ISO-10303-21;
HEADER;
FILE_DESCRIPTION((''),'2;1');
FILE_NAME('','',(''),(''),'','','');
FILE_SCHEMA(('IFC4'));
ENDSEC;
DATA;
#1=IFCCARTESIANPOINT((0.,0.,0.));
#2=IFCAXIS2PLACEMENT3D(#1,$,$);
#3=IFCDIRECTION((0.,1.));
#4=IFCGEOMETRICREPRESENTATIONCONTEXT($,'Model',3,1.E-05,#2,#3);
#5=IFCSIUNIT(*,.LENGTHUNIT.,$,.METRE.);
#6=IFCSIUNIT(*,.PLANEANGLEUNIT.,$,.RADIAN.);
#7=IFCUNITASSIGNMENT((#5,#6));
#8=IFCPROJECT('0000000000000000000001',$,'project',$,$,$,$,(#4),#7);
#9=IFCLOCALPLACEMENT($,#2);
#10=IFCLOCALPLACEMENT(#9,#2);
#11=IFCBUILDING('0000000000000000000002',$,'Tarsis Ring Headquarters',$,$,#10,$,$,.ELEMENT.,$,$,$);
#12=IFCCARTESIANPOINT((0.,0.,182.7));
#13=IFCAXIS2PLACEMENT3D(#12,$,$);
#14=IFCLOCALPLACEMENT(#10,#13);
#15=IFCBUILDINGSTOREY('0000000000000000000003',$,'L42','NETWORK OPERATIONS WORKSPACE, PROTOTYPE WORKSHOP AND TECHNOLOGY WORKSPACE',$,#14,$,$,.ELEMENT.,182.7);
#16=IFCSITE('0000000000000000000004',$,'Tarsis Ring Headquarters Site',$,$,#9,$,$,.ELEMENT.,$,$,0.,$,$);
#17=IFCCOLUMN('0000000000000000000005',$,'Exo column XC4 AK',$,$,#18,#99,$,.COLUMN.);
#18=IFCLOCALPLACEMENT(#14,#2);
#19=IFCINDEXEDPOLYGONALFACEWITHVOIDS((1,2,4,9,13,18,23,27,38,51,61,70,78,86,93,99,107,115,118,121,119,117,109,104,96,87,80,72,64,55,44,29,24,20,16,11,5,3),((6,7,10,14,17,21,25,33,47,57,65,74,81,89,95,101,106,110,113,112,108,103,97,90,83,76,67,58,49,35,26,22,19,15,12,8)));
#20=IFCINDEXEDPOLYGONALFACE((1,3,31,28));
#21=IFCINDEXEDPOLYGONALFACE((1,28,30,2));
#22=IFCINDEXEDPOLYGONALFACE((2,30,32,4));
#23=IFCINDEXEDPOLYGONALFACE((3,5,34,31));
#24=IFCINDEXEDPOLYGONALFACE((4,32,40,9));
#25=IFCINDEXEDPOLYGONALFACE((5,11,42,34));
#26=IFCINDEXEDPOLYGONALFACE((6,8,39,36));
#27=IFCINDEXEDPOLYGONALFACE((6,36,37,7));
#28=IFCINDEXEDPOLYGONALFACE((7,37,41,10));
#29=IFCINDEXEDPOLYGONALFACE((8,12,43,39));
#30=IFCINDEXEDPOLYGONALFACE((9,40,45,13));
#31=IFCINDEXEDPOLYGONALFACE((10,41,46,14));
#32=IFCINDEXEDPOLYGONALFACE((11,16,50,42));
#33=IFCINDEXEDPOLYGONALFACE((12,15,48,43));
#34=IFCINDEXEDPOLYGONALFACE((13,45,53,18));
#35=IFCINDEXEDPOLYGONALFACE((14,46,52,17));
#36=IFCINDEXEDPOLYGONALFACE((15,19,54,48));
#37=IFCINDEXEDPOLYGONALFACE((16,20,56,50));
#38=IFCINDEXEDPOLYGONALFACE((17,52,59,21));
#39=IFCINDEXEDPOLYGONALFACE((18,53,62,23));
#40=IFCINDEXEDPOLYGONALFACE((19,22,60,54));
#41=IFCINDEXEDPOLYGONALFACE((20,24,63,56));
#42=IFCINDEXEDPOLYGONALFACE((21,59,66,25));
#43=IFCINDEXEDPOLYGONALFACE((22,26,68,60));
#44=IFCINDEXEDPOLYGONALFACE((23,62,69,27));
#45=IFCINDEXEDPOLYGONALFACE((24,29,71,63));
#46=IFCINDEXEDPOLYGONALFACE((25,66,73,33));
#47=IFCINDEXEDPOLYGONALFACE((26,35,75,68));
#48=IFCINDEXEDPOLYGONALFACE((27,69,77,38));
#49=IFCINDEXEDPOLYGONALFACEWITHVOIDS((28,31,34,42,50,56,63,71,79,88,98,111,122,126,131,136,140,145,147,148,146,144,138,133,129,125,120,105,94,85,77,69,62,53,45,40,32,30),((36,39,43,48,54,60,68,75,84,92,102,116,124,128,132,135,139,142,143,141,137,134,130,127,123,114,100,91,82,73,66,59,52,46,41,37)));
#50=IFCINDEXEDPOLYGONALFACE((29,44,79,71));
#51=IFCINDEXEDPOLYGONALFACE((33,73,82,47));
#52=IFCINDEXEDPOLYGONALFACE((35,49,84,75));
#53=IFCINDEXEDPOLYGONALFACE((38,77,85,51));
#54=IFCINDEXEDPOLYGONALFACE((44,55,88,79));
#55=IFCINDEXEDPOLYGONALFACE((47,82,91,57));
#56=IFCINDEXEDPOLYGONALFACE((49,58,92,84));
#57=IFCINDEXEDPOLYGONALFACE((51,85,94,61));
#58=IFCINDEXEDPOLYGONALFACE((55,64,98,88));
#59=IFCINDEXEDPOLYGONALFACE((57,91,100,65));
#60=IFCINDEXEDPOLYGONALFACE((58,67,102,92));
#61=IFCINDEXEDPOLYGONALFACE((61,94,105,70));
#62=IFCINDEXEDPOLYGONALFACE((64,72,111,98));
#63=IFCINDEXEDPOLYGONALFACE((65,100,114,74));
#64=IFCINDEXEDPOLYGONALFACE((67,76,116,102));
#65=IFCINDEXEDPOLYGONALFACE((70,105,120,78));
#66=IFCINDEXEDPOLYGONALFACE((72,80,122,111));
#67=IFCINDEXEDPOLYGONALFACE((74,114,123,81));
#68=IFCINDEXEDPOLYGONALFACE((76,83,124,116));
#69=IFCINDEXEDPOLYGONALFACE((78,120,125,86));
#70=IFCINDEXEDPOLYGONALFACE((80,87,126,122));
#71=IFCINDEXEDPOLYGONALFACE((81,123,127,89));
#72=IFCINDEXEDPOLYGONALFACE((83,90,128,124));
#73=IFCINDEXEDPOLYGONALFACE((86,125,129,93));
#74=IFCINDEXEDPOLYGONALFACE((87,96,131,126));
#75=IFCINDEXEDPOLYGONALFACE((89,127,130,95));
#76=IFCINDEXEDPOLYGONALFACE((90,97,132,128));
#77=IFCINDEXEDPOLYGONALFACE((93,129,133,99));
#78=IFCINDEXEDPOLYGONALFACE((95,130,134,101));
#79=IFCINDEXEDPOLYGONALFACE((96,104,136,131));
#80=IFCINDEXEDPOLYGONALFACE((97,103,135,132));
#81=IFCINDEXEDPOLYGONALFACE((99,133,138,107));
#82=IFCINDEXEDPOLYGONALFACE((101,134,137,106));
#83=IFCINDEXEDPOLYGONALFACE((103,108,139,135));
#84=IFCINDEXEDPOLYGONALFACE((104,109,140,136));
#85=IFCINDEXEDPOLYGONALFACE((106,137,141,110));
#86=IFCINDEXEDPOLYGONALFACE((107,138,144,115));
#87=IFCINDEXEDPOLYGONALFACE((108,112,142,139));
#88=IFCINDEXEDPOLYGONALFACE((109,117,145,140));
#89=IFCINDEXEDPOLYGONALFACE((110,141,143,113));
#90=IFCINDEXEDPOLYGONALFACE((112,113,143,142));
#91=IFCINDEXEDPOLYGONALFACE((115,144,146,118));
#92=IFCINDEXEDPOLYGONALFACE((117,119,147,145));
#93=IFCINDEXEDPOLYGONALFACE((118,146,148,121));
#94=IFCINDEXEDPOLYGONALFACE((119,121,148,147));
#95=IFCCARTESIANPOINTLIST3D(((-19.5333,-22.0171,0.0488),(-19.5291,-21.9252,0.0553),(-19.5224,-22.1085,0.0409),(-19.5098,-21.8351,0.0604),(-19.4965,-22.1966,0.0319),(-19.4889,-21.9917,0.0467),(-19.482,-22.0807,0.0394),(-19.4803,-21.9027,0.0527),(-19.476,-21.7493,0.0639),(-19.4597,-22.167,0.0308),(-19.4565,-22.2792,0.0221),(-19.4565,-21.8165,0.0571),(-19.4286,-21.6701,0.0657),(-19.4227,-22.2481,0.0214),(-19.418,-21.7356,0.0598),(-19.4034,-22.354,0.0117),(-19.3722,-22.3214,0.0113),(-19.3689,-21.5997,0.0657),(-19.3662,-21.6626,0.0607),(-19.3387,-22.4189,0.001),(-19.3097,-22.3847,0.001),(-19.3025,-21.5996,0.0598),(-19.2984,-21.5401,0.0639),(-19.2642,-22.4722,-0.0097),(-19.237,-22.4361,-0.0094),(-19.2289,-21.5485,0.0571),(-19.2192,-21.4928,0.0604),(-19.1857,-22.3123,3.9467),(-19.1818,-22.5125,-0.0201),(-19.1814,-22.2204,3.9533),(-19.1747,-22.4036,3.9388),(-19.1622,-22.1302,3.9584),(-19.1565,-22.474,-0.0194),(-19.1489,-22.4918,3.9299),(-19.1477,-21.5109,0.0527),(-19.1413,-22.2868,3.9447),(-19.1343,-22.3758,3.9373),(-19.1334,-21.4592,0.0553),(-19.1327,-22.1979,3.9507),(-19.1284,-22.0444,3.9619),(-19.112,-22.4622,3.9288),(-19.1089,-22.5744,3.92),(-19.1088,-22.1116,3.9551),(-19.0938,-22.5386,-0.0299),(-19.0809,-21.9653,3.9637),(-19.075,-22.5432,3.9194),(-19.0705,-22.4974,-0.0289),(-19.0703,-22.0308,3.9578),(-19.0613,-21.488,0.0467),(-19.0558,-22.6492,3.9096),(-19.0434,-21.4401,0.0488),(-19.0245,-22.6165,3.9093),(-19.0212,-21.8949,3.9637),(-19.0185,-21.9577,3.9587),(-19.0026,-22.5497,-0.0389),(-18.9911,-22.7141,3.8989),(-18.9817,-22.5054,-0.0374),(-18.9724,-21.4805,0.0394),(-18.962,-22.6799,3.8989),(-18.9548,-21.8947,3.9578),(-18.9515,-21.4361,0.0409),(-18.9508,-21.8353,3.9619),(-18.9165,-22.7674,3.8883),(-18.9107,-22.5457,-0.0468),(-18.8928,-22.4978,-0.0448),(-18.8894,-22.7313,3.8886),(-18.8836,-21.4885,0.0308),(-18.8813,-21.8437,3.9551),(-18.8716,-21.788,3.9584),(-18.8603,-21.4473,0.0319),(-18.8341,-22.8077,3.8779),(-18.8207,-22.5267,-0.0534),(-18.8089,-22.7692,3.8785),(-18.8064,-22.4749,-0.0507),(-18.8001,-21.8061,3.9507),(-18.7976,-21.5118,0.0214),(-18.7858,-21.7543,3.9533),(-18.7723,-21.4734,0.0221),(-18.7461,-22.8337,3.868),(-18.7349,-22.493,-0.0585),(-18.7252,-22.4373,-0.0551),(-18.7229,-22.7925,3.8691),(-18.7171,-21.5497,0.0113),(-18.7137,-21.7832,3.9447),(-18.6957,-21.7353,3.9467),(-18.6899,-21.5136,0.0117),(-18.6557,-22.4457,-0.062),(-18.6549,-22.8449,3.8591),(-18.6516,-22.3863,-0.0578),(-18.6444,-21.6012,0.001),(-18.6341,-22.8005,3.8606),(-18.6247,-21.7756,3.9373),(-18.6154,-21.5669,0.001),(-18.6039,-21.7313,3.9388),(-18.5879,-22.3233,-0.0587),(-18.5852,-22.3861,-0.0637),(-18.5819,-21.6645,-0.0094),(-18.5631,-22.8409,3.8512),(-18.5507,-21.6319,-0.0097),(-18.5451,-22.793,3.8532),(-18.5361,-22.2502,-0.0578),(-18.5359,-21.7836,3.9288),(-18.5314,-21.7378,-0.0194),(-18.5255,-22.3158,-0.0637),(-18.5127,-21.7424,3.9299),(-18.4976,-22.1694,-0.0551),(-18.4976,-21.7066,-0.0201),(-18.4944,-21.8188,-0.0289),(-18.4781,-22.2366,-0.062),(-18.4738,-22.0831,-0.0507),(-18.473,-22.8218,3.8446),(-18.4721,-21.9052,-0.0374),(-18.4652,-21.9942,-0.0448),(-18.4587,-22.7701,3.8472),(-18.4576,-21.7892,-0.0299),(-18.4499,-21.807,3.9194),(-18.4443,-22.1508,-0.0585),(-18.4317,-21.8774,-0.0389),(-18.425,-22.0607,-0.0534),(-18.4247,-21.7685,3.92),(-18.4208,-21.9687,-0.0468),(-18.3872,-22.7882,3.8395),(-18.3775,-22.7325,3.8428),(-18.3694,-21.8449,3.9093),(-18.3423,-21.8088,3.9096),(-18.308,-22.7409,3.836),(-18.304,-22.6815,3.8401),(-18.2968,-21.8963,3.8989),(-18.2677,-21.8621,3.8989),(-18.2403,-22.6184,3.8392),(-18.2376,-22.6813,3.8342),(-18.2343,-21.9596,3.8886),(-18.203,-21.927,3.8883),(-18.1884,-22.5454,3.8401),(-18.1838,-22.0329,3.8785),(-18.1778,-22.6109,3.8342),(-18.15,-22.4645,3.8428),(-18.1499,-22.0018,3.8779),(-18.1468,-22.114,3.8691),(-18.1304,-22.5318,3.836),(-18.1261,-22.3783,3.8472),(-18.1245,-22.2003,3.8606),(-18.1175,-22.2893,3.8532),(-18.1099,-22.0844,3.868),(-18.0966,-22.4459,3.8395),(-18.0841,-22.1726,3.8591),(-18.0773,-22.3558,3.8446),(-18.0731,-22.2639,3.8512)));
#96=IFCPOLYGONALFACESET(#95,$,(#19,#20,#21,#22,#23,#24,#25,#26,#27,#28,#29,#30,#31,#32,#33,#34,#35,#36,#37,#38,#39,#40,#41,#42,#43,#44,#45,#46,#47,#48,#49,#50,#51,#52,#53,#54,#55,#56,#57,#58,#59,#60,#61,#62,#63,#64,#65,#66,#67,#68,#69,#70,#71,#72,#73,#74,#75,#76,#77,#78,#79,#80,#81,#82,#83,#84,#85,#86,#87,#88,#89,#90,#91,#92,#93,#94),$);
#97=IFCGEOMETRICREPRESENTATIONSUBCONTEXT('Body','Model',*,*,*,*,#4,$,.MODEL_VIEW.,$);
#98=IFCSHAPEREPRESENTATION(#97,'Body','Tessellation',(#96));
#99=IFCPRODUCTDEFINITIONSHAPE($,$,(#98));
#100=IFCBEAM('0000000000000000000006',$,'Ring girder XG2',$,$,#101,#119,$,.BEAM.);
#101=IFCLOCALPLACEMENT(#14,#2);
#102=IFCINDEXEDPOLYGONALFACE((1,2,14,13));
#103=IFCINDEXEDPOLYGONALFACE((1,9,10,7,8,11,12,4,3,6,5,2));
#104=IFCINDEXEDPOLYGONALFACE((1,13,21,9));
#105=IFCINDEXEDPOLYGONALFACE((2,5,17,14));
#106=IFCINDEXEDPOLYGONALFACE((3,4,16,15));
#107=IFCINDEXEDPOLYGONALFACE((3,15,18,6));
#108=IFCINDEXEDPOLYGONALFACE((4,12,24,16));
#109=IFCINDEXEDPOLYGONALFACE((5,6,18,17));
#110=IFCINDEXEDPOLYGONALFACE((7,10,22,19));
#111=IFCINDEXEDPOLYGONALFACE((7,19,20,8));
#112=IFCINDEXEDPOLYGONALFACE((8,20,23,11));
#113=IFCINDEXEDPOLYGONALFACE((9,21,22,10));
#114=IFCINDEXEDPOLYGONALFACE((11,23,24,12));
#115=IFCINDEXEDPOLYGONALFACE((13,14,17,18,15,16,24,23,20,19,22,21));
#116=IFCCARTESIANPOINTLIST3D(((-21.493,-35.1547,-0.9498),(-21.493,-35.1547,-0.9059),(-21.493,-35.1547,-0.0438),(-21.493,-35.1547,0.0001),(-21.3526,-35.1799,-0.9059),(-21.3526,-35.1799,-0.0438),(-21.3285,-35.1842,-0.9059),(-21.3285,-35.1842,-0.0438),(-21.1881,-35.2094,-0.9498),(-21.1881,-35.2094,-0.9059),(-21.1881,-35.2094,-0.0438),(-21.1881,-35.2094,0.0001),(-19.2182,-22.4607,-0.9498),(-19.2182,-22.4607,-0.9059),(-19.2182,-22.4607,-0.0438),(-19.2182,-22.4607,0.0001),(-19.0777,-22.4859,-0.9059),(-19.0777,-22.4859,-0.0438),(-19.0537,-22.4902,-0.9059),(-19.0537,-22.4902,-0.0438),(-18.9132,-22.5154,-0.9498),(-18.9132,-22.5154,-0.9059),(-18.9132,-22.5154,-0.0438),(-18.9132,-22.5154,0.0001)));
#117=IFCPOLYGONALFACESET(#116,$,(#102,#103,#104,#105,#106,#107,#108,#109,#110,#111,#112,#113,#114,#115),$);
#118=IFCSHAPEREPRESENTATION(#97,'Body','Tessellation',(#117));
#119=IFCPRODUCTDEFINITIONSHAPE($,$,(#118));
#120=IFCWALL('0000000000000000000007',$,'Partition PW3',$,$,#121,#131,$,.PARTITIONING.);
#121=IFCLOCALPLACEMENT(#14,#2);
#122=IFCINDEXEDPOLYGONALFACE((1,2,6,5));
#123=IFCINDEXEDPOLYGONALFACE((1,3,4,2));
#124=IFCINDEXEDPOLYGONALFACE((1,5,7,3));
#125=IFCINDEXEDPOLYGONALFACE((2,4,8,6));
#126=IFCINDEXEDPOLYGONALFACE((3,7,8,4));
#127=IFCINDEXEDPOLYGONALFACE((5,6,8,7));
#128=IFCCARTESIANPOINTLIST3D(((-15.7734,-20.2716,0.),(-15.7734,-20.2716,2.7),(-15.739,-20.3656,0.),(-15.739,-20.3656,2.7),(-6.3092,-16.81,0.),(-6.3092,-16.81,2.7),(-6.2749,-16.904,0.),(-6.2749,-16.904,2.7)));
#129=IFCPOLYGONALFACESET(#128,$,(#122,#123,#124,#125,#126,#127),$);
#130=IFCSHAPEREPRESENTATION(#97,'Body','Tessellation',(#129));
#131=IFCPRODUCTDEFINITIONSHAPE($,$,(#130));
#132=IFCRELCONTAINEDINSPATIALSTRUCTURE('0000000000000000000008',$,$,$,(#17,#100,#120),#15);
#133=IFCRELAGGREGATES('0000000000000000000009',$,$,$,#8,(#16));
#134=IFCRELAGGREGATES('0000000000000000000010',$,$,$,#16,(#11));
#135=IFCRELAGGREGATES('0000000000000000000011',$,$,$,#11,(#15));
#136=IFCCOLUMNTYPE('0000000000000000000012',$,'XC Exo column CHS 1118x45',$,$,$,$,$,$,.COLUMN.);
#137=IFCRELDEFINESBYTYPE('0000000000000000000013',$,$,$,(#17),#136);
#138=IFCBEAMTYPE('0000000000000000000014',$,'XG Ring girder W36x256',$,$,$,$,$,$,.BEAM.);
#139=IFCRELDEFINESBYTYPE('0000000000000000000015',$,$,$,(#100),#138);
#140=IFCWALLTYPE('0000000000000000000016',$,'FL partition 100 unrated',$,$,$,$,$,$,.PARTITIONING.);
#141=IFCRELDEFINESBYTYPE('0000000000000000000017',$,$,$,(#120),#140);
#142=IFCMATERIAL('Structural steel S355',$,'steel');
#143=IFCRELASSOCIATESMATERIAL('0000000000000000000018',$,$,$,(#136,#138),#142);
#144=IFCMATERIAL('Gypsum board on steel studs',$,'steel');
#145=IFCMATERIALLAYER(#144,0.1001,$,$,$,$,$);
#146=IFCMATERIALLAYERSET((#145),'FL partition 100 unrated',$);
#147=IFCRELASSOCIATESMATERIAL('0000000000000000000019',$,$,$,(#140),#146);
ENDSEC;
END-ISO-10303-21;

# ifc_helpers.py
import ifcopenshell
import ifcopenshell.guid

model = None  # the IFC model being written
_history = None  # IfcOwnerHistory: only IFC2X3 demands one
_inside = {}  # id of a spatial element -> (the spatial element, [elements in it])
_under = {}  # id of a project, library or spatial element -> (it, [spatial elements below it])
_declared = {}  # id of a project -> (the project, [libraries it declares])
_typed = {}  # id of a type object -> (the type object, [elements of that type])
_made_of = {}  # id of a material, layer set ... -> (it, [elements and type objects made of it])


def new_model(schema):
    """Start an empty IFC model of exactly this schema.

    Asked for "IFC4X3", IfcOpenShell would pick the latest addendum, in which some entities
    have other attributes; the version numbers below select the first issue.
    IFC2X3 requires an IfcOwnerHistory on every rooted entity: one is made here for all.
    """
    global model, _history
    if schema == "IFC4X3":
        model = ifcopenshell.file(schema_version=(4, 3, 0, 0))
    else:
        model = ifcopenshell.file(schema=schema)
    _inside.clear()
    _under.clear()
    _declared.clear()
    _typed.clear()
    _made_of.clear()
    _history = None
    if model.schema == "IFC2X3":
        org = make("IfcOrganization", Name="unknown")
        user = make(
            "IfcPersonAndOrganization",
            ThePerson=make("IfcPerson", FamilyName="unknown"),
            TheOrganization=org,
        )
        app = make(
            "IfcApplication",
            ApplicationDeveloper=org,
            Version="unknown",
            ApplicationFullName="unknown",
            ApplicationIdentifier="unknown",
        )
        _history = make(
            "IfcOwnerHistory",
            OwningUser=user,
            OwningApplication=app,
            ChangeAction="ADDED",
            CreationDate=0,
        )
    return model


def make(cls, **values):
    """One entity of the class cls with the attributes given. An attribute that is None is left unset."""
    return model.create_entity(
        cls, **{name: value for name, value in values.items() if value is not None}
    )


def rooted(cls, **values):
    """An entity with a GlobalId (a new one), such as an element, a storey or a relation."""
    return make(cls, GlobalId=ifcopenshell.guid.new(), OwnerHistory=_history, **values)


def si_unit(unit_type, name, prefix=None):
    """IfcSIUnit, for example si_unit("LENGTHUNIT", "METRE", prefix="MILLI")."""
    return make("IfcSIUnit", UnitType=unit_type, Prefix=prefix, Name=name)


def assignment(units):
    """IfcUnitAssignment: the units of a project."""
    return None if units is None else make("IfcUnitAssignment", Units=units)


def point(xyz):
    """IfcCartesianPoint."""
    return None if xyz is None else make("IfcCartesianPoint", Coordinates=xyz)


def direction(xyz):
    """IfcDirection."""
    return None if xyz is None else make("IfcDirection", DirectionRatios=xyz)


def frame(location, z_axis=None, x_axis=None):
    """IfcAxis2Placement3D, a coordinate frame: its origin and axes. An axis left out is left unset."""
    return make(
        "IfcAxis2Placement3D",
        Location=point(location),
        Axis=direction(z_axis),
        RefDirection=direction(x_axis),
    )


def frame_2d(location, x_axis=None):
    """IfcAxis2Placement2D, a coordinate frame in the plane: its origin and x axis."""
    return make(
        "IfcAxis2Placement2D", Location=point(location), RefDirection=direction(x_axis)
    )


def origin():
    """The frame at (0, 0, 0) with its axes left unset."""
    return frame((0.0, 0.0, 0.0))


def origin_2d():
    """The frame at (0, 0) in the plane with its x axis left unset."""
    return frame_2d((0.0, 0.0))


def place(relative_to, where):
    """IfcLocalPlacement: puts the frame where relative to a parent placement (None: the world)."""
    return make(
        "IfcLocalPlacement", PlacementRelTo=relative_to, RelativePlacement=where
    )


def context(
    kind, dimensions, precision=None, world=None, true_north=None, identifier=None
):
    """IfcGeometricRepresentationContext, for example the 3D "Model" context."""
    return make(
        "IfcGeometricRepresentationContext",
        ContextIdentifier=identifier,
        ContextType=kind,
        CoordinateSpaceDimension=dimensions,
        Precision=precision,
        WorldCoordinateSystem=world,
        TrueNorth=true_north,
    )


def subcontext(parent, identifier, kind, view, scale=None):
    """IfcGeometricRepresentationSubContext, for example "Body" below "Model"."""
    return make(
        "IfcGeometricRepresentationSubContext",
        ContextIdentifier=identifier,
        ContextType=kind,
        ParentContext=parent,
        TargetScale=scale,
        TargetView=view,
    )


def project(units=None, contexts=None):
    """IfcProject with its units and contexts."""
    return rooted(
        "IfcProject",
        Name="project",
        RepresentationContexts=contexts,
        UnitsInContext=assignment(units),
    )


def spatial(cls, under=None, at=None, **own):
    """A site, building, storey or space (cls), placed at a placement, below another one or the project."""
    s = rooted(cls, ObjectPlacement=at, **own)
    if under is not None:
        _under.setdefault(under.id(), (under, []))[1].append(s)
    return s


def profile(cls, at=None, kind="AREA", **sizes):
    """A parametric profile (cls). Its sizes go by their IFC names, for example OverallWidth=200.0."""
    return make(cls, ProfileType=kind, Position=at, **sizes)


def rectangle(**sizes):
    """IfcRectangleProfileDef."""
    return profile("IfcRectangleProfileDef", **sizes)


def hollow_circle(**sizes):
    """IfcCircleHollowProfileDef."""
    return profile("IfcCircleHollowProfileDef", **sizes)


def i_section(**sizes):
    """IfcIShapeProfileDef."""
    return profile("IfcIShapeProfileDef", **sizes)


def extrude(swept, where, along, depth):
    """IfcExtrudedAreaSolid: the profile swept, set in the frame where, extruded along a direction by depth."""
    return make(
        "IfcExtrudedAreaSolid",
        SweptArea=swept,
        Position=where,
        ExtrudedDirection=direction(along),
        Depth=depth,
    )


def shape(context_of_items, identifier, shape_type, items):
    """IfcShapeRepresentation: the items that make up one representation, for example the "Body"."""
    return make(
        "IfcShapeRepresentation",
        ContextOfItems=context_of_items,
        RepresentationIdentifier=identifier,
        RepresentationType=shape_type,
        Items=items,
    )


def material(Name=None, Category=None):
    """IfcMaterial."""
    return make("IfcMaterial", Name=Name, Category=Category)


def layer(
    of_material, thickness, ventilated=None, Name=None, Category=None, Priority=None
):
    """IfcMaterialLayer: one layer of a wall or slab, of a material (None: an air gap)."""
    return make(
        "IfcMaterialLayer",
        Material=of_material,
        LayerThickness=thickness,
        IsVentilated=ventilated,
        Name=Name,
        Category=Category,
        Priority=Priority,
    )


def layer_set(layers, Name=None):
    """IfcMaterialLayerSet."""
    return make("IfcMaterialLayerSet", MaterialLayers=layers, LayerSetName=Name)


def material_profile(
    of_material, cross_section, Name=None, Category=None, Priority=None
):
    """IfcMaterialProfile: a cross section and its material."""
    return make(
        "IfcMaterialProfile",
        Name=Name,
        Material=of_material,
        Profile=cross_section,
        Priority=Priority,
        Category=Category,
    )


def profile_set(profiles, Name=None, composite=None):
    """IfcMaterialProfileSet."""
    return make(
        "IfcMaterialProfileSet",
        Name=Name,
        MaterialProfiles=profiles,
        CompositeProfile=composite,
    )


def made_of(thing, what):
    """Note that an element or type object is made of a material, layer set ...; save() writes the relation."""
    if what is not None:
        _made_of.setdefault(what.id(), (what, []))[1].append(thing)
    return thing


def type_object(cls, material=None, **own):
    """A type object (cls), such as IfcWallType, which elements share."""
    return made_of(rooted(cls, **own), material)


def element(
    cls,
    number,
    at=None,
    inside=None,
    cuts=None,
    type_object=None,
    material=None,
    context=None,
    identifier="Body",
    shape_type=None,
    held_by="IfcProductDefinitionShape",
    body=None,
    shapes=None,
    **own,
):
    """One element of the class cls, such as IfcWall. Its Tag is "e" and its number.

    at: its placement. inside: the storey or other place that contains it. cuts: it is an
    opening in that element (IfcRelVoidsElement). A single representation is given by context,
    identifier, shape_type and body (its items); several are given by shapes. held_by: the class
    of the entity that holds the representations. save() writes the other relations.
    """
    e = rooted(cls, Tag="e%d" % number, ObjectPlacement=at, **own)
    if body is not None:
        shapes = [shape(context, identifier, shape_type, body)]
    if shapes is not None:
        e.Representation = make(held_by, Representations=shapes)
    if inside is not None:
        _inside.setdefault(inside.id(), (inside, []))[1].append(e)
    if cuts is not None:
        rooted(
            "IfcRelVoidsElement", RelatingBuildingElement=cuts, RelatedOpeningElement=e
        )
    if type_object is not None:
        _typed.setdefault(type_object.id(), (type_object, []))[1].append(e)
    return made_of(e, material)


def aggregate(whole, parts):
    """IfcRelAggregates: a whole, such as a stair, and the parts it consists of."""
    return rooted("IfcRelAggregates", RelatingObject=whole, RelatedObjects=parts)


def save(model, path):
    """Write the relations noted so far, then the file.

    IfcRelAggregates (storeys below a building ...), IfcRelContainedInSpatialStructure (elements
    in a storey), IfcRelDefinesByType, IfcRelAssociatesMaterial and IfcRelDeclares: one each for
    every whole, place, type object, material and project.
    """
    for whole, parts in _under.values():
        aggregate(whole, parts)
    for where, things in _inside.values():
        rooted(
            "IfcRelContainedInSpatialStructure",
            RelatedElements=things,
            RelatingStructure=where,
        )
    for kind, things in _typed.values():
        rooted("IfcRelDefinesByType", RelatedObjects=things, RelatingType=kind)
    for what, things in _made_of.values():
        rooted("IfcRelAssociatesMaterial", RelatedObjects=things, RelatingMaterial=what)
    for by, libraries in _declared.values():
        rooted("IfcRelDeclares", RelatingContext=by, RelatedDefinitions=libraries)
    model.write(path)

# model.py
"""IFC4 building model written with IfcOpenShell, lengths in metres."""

from ifc_helpers import new_model, si_unit, direction, frame, frame_2d, origin, origin_2d, place, context, subcontext, project, spatial, rectangle, hollow_circle, i_section, extrude, material, layer, layer_set, material_profile, profile_set, type_object, element, save


model = new_model("IFC4")

# Units and contexts
model_context = context("Model", 3, precision=1e-05, world=origin(), true_north=direction((0.0, 1.0)))
body_context = subcontext(model_context, "Body", "Model", "MODEL_VIEW")
ifc_project = project(units=[si_unit("LENGTHUNIT", "METRE"), si_unit("PLANEANGLEUNIT", "RADIAN")], contexts=[model_context])

# Site, building, storey
site_placement = place(None, origin())
site = spatial("IfcSite", under=ifc_project, at=site_placement, Name="Tarsis Ring Headquarters Site", CompositionType="ELEMENT", RefElevation=0.0)
building_placement = place(site_placement, origin())
building = spatial("IfcBuilding", under=site, at=building_placement, Name="Tarsis Ring Headquarters", CompositionType="ELEMENT")
storey_placement = place(building_placement, frame((0.0, 0.0, 182.7)))
storey = spatial("IfcBuildingStorey", under=building, at=storey_placement, Name="L42", Description="NETWORK OPERATIONS WORKSPACE, PROTOTYPE WORKSHOP AND TECHNOLOGY WORKSPACE", CompositionType="ELEMENT", Elevation=182.7)

# Column
ifc_material_1 = material(Name="Structural steel S355", Category="steel")
ifc_material_profile_1 = material_profile(ifc_material_1, hollow_circle(Radius=0.5588, WallThickness=0.0449, at=origin_2d()), Name="CHS 1118x45")
ifc_profile_set_1 = profile_set([ifc_material_profile_1], Name="Structural steel S355")
column_type = type_object("IfcColumnType", Name="XC Exo column CHS 1118x45", PredefinedType="COLUMN", material=ifc_profile_set_1)
column_placement = place(storey_placement, frame((-18.9771, -21.9929, 0.001), z_axis=(0.088585, -0.07521, 0.993225), x_axis=(0.647213, 0.762309, 0.0)))
element("IfcColumn", 1, at=column_placement, inside=storey, type_object=column_type, Name="Exo column XC4 AK", PredefinedType="COLUMN", context=body_context, shape_type="SweptSolid", body=[
    extrude(hollow_circle(Radius=0.5588, WallThickness=0.0449, at=origin_2d()), origin(), (0.0, 0.0, 1.0), 3.9246),
])

# Beam
ifc_material_profile_2 = material_profile(ifc_material_1, i_section(OverallWidth=0.3098, OverallDepth=0.95, WebThickness=0.0244, FlangeThickness=0.0439, at=origin_2d()), Name="W36x256")
ifc_profile_set_2 = profile_set([ifc_material_profile_2], Name="Structural steel S355")
beam_type = type_object("IfcBeamType", Name="XG Ring girder W36x256", PredefinedType="BEAM", material=ifc_profile_set_2)
beam_placement = place(storey_placement, frame((-19.0657, -22.488, -0.4749), z_axis=(-0.176399, -0.984319, 0.0), x_axis=(0.984319, -0.176399, 0.0)))
element("IfcBeam", 2, at=beam_placement, inside=storey, type_object=beam_type, Name="Ring girder XG2", PredefinedType="BEAM", context=body_context, shape_type="SweptSolid", body=[
    extrude(i_section(OverallWidth=0.3098, OverallDepth=0.95, WebThickness=0.0244, FlangeThickness=0.0439, at=origin_2d()), origin(), (0.0, 0.0, 1.0), 12.8962),
])

# Wall
ifc_material_2 = material(Name="Gypsum board on steel studs", Category="steel")
ifc_layer_1 = layer(ifc_material_2, 0.1001)
ifc_layer_set_1 = layer_set([ifc_layer_1], Name="FL partition 100 unrated")
wall_type_1 = type_object("IfcWallType", Name="FL partition 100 unrated", PredefinedType="PARTITIONING", material=ifc_layer_set_1)
wall_1_placement = place(storey_placement, frame((-15.7561, -20.3186, 0.0), z_axis=(0.0, 0.0, 1.0), x_axis=(0.939149, 0.343511, 0.0)))
element("IfcWall", 3, at=wall_1_placement, inside=storey, type_object=wall_type_1, Name="Partition PW3", PredefinedType="PARTITIONING", context=body_context, shape_type="SweptSolid", body=[
    extrude(rectangle(XDim=10.0774, YDim=0.1001, at=frame_2d((5.0386, 0.0))), origin(), (0.0, 0.0, 1.0), 2.7),
])

save(model, "model.ifc")
